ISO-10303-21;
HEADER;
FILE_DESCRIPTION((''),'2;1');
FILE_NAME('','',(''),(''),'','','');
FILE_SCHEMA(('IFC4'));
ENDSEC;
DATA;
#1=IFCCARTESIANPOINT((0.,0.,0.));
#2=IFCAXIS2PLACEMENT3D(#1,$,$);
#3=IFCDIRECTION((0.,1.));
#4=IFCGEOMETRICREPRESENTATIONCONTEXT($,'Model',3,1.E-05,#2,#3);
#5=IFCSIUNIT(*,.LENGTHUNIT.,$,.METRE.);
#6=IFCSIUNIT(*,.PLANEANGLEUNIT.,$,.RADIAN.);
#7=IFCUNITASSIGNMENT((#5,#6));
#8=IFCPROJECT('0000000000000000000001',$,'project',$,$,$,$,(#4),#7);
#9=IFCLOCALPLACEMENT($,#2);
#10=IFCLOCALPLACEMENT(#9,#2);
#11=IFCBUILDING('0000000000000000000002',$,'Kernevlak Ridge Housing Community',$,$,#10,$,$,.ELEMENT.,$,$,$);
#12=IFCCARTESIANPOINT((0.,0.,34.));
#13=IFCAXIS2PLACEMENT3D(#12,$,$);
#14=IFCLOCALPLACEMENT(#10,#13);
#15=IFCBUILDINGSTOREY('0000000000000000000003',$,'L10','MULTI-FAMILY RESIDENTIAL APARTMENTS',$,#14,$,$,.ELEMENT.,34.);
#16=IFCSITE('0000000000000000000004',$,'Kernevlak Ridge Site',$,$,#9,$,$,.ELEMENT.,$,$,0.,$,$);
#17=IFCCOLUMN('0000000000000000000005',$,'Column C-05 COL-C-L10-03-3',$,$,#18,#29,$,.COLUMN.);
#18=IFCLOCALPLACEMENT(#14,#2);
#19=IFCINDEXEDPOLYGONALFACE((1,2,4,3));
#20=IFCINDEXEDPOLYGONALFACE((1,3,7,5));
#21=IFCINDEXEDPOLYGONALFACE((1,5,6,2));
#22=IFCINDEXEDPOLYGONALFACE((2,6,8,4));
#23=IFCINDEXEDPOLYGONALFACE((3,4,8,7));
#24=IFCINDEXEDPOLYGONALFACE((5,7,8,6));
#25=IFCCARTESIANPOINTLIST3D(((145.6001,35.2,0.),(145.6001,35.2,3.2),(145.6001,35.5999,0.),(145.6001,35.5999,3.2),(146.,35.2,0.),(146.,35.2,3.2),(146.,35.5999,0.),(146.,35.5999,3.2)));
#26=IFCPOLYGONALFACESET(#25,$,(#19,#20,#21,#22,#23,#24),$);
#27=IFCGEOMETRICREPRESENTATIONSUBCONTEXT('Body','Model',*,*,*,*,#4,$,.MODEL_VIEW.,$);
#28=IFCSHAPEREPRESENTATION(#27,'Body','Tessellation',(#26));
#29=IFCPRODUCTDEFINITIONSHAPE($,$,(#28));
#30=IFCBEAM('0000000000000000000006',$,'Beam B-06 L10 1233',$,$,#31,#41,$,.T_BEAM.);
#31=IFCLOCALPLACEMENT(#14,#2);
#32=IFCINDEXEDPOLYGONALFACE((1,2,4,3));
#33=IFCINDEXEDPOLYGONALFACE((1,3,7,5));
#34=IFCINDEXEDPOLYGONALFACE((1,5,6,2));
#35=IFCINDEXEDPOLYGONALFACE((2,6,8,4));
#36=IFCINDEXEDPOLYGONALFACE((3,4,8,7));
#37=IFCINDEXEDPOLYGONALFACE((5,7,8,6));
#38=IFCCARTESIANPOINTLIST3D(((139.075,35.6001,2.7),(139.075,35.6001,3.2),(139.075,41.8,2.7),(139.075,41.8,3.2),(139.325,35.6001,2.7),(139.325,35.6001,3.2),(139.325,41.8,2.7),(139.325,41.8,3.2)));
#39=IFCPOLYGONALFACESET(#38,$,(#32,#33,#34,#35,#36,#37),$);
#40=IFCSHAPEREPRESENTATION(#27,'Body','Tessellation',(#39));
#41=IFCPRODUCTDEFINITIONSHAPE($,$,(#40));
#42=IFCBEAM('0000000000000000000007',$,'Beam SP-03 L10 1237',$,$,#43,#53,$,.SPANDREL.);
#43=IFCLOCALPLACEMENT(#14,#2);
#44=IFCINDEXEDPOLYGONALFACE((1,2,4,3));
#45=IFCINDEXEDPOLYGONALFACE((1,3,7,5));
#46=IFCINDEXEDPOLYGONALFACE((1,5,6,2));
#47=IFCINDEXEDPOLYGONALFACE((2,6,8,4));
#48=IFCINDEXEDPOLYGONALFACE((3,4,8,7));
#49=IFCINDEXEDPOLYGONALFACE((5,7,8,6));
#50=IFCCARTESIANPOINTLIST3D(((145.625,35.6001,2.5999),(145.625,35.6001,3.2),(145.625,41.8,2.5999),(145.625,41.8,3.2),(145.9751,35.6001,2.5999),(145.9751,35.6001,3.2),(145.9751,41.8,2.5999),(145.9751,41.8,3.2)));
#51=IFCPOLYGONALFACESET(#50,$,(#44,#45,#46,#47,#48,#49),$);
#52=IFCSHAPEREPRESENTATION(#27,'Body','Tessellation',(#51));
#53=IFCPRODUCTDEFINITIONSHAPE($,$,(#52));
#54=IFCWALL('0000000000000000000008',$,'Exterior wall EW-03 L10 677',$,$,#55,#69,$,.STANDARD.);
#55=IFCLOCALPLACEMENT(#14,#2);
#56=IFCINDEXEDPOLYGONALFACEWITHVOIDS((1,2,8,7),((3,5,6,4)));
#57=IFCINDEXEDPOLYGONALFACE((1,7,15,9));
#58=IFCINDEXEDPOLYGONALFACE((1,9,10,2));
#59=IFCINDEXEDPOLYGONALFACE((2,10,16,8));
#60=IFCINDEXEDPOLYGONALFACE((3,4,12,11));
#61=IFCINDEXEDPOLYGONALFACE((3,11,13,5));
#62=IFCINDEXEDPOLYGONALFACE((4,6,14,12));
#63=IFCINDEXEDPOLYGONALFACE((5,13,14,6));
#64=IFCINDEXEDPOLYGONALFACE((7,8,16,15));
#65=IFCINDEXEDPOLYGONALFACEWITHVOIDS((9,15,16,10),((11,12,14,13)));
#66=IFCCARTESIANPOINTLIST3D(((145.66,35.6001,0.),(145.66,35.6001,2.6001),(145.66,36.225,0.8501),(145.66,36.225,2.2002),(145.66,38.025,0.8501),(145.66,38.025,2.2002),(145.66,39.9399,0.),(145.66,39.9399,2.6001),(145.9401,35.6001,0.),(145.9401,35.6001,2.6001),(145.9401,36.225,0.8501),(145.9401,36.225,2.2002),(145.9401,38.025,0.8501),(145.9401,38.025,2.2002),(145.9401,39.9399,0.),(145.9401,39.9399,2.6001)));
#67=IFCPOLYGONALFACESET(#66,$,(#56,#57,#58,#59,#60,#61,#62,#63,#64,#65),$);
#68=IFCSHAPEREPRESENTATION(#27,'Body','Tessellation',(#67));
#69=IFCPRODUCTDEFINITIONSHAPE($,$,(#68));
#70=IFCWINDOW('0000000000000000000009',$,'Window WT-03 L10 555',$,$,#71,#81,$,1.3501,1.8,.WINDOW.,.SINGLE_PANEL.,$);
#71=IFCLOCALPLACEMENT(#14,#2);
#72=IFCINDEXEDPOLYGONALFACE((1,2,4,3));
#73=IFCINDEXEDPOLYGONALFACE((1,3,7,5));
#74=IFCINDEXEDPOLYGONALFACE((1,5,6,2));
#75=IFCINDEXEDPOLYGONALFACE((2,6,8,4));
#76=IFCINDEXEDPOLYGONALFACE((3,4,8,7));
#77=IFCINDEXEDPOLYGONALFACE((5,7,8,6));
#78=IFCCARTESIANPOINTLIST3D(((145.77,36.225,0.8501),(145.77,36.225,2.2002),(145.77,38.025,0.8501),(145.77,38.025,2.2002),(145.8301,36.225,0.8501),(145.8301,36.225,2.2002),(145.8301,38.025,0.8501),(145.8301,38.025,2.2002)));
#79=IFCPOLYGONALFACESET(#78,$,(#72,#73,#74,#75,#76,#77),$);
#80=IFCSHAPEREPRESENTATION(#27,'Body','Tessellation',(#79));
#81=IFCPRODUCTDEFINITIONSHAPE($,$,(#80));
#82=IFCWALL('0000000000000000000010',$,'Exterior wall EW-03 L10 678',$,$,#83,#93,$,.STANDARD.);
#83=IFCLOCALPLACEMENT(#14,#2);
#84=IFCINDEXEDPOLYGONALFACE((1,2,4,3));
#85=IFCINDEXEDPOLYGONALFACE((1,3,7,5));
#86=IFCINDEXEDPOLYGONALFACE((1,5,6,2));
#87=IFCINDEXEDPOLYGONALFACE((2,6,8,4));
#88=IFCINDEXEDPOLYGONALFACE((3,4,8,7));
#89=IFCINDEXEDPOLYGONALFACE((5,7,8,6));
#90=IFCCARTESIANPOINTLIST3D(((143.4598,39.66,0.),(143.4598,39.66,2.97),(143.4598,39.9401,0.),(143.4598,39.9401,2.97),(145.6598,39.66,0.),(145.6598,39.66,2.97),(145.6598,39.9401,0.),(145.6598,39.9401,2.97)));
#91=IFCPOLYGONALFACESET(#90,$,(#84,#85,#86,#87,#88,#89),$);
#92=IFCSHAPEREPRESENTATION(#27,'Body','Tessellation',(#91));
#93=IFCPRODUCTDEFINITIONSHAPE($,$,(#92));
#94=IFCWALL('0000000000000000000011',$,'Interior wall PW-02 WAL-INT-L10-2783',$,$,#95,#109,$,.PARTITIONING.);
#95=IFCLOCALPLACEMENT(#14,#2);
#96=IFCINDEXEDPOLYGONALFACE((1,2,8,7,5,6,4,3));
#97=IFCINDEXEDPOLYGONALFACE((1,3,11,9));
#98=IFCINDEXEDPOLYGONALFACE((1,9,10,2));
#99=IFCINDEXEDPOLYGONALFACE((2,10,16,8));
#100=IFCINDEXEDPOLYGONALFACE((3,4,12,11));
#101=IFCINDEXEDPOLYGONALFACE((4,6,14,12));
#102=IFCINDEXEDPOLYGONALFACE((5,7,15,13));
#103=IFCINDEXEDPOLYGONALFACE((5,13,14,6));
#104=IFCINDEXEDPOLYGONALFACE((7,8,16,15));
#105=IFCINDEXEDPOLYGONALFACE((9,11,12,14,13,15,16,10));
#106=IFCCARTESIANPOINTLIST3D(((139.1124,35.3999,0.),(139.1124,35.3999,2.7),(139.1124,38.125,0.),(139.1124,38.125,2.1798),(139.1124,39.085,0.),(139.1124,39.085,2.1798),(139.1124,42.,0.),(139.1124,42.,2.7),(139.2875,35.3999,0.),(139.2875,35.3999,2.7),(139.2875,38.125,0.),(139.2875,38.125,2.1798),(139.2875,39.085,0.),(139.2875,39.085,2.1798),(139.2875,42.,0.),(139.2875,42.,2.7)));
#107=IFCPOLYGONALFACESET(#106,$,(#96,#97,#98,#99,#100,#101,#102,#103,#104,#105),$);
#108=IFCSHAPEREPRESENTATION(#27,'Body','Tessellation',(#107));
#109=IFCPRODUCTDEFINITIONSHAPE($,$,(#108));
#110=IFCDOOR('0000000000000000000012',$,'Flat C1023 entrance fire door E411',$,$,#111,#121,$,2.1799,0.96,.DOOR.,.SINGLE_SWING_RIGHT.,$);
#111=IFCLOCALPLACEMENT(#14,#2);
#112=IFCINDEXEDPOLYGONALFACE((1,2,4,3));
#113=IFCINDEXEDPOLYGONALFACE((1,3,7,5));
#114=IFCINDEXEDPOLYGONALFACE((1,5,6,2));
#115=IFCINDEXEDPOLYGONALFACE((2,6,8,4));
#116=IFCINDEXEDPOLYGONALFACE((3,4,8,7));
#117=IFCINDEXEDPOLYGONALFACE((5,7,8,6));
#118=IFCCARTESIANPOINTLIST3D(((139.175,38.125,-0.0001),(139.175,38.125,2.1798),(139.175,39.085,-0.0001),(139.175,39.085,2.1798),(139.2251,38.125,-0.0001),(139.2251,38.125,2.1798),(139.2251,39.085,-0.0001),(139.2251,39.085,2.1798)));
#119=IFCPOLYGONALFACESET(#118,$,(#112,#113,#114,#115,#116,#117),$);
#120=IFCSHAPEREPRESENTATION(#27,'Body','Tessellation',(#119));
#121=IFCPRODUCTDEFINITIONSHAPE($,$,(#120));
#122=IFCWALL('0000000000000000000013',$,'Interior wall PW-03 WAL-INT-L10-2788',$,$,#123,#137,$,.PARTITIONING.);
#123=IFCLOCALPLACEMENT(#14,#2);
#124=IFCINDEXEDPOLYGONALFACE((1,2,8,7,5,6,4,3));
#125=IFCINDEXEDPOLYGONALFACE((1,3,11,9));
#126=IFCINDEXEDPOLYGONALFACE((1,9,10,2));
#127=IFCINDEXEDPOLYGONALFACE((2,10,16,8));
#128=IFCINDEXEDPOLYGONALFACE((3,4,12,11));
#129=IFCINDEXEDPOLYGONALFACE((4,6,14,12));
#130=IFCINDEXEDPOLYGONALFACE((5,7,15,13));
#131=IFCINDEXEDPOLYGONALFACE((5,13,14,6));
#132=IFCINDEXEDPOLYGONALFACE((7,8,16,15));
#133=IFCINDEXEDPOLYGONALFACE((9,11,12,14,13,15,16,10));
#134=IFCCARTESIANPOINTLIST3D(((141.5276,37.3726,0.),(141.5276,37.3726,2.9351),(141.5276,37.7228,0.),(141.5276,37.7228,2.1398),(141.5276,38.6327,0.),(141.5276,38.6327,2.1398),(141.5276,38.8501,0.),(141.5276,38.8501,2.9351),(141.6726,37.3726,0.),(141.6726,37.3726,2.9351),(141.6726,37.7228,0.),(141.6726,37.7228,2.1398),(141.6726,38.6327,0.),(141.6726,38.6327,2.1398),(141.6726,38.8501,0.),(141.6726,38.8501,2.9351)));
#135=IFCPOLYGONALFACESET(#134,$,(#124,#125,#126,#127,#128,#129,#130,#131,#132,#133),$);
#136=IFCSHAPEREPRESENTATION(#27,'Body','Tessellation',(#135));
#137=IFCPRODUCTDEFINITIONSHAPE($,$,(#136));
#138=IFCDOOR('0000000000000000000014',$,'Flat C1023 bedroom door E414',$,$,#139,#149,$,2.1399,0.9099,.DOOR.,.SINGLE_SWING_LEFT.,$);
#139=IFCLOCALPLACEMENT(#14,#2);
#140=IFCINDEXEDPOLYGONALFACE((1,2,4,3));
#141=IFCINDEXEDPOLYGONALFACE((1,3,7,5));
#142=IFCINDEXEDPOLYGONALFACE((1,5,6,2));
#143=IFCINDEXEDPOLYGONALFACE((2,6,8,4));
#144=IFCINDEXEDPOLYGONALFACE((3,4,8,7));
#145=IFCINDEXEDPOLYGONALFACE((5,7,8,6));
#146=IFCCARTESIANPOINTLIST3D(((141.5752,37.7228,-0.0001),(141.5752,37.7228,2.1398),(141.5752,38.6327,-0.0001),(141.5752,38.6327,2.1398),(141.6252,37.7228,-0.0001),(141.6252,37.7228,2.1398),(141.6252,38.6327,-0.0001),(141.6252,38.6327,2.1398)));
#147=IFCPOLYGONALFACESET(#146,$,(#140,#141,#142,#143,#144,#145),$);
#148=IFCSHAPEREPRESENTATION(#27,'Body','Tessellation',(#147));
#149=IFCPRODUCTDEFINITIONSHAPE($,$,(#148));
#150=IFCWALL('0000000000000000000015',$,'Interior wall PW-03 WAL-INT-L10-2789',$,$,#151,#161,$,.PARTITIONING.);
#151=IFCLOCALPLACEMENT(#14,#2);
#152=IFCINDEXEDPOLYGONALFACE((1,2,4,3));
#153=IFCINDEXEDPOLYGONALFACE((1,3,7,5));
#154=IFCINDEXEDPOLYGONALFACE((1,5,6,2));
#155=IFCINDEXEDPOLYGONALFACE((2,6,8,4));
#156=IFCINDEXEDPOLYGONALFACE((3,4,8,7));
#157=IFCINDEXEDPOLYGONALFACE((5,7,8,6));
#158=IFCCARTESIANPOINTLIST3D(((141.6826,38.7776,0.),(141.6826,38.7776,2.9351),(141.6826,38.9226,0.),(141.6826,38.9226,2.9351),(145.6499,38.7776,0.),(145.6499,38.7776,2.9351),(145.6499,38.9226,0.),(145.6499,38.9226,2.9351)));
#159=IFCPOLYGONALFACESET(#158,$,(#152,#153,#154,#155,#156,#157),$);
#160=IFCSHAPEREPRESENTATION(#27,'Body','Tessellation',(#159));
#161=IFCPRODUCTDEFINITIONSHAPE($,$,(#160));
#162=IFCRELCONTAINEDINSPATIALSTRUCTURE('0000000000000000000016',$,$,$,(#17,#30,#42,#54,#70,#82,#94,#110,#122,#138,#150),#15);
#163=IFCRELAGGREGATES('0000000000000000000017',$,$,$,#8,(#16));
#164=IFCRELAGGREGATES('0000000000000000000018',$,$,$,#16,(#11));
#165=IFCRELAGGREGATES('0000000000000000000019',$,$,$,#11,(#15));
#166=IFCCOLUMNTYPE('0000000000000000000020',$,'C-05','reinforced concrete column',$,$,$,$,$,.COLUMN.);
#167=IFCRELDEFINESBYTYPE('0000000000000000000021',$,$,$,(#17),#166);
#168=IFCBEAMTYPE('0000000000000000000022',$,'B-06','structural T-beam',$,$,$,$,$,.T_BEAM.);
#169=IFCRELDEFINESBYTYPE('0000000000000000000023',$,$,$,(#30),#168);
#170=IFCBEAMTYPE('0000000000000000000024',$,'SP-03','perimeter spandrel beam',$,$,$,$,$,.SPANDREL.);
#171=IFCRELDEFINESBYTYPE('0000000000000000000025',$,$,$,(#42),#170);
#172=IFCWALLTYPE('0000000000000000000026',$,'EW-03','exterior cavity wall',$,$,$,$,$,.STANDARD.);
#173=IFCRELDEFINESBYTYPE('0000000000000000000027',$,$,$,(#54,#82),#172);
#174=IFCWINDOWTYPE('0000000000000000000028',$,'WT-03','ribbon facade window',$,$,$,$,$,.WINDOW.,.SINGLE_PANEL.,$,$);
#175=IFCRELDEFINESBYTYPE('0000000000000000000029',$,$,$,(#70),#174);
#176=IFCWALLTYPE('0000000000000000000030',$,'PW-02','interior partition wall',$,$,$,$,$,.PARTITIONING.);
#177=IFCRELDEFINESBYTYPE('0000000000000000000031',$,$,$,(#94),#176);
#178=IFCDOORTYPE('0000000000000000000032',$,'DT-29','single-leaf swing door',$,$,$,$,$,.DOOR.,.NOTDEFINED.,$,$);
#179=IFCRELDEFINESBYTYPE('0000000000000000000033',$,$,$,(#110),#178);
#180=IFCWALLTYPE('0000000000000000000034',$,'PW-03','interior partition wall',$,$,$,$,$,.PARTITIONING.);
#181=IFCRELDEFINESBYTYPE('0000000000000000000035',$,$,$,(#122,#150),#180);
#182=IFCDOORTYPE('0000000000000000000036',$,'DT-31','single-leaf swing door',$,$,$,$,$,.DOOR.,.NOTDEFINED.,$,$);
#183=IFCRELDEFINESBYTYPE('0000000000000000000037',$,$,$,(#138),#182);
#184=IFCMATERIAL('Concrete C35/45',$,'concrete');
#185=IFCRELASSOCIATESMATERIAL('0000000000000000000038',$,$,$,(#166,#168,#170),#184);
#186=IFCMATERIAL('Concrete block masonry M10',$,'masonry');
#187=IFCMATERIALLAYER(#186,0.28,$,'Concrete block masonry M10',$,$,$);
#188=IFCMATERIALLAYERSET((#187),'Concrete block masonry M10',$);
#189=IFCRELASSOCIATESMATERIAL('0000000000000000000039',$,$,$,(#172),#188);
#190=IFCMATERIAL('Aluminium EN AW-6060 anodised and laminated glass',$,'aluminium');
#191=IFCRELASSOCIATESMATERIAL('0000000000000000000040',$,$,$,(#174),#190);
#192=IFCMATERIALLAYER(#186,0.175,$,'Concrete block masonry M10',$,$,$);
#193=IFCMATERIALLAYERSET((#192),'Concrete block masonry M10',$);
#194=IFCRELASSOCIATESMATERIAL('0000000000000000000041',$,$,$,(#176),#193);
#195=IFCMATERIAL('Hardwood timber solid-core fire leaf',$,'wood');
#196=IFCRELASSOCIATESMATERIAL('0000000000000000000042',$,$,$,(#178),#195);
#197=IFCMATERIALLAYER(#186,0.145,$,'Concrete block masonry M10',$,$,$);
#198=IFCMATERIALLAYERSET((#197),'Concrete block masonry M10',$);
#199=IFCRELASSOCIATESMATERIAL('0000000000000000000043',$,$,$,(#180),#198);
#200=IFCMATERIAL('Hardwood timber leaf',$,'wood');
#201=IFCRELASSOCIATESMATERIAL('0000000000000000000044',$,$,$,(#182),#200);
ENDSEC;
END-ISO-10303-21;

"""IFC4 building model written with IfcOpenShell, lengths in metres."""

from ifc_helpers import new_model, si_unit, direction, frame, frame_2d, origin, origin_2d, place, context, subcontext, project, spatial, rectangle, extrude, material, layer, layer_set, material_profile, profile_set, type_object, element, fill, save


model = new_model("IFC4")

# Units and contexts
model_context = context("Model", 3, precision=1e-05, world=origin(), true_north=direction((0.0, 1.0)))
body_context = subcontext(model_context, "Body", "Model", "MODEL_VIEW")
ifc_project = project(units=[si_unit("LENGTHUNIT", "METRE"), si_unit("PLANEANGLEUNIT", "RADIAN")], contexts=[model_context])

# Site, building, storey
site_placement = place(None, origin())
site = spatial("IfcSite", under=ifc_project, at=site_placement, Name="Kernevlak Ridge Site", CompositionType="ELEMENT", RefElevation=0.0)
building_placement = place(site_placement, origin())
building = spatial("IfcBuilding", under=site, at=building_placement, Name="Kernevlak Ridge Housing Community", CompositionType="ELEMENT")
storey_placement = place(building_placement, frame((0.0, 0.0, 34.0)))
storey = spatial("IfcBuildingStorey", under=building, at=storey_placement, Name="L10", Description="MULTI-FAMILY RESIDENTIAL APARTMENTS", CompositionType="ELEMENT", Elevation=34.0)

# Column
ifc_material_1 = material(Name="Concrete C35/45", Category="concrete")
ifc_material_profile_1 = material_profile(ifc_material_1, rectangle(XDim=0.3999, YDim=0.3999, at=origin_2d()), Name="RC 400x400")
ifc_profile_set_1 = profile_set([ifc_material_profile_1], Name="Concrete C35/45")
column_type = type_object("IfcColumnType", Name="C-05", Description="reinforced concrete column", PredefinedType="COLUMN", material=ifc_profile_set_1)
column_placement = place(storey_placement, frame((145.8, 35.3999, 0.0), z_axis=(0.0, 0.0, 1.0), x_axis=(1.0, 0.0, 0.0)))
element("IfcColumn", 1, at=column_placement, inside=storey, type_object=column_type, Name="Column C-05 COL-C-L10-03-3", PredefinedType="COLUMN", context=body_context, shape_type="SweptSolid", body=[
    extrude(rectangle(XDim=0.3999, YDim=0.3999, at=origin_2d()), origin(), (0.0, 0.0, 1.0), 3.2),
])

# Beams
ifc_material_profile_2 = material_profile(ifc_material_1, rectangle(XDim=0.25, YDim=0.5, at=origin_2d()), Name="RC 250x500")
ifc_profile_set_2 = profile_set([ifc_material_profile_2], Name="Concrete C35/45")
beam_type_1 = type_object("IfcBeamType", Name="B-06", Description="structural T-beam", PredefinedType="T_BEAM", material=ifc_profile_set_2)
beam_1_placement = place(storey_placement, frame((139.2, 35.6001, 2.95), z_axis=(0.0, 1.0, 0.0), x_axis=(-1.0, 0.0, 0.0)))
element("IfcBeam", 2, at=beam_1_placement, inside=storey, type_object=beam_type_1, Name="Beam B-06 L10 1233", PredefinedType="T_BEAM", context=body_context, shape_type="SweptSolid", body=[
    extrude(rectangle(XDim=0.25, YDim=0.5, at=origin_2d()), origin(), (0.0, 0.0, 1.0), 6.2),
])
ifc_material_profile_3 = material_profile(ifc_material_1, rectangle(XDim=0.3501, YDim=0.6001, at=origin_2d()), Name="RC 350x600")
ifc_profile_set_3 = profile_set([ifc_material_profile_3], Name="Concrete C35/45")
beam_type_2 = type_object("IfcBeamType", Name="SP-03", Description="perimeter spandrel beam", PredefinedType="SPANDREL", material=ifc_profile_set_3)
beam_2_placement = place(storey_placement, frame((145.8, 35.6001, 2.8999), z_axis=(0.0, 1.0, 0.0), x_axis=(-1.0, 0.0, 0.0)))
element("IfcBeam", 3, at=beam_2_placement, inside=storey, type_object=beam_type_2, Name="Beam SP-03 L10 1237", PredefinedType="SPANDREL", context=body_context, shape_type="SweptSolid", body=[
    extrude(rectangle(XDim=0.3501, YDim=0.6001, at=origin_2d()), origin(), (0.0, 0.0, 1.0), 6.2),
])

# Wall, opening, window
ifc_material_2 = material(Name="Concrete block masonry M10", Category="masonry")
ifc_layer_1 = layer(ifc_material_2, 0.28, Name="Concrete block masonry M10")
ifc_layer_set_1 = layer_set([ifc_layer_1], Name="Concrete block masonry M10")
wall_type_1 = type_object("IfcWallType", Name="EW-03", Description="exterior cavity wall", PredefinedType="STANDARD", material=ifc_layer_set_1)
wall_1_placement = place(storey_placement, frame((145.8, 35.6001, 0.0), z_axis=(0.0, 0.0, 1.0), x_axis=(0.0, 1.0, 0.0)))
wall_1 = element("IfcWall", 4, at=wall_1_placement, inside=storey, type_object=wall_type_1, Name="Exterior wall EW-03 L10 677", PredefinedType="STANDARD", context=body_context, shape_type="SweptSolid", body=[
    extrude(rectangle(XDim=4.3398, YDim=0.28, at=frame_2d((2.1699, 0.0))), origin(), (0.0, 0.0, 1.0), 2.6001),
])
opening_1_placement = place(wall_1_placement, frame((0.625, 0.0, 0.8501)))
opening_1 = element("IfcOpeningElement", 5, at=opening_1_placement, cuts=wall_1, PredefinedType="OPENING", context=body_context, shape_type="SweptSolid", body=[
    extrude(rectangle(XDim=1.8, YDim=1.3501, at=frame_2d((0.8999, 0.675))), frame((0.0, 0.1499, 0.0), z_axis=(0.0, -1.0, 0.0), x_axis=(1.0, 0.0, 0.0)), (0.0, 0.0, 1.0), 0.3),
])
ifc_material_3 = material(Name="Aluminium EN AW-6060 anodised and laminated glass", Category="aluminium")
window_type = type_object("IfcWindowType", Name="WT-03", Description="ribbon facade window", PartitioningType="SINGLE_PANEL", PredefinedType="WINDOW", material=ifc_material_3)
window_placement = place(opening_1_placement, origin())
window = element("IfcWindow", 6, at=window_placement, inside=storey, type_object=window_type, Name="Window WT-03 L10 555", OverallHeight=1.3501, OverallWidth=1.8, PartitioningType="SINGLE_PANEL", PredefinedType="WINDOW", context=body_context, shape_type="SweptSolid", body=[
    extrude(rectangle(XDim=1.8, YDim=1.3501, at=frame_2d((0.8999, 0.675))), frame((0.0, 0.03, 0.0), z_axis=(0.0, -1.0, 0.0), x_axis=(1.0, 0.0, 0.0)), (0.0, 0.0, 1.0), 0.0601),
])
fill(opening_1, window)

# Wall
wall_2_placement = place(storey_placement, frame((145.6599, 39.8, 0.0), z_axis=(0.0, 0.0, 1.0), x_axis=(-1.0, 0.0, 0.0)))
element("IfcWall", 7, at=wall_2_placement, inside=storey, type_object=wall_type_1, Name="Exterior wall EW-03 L10 678", PredefinedType="STANDARD", context=body_context, shape_type="SweptSolid", body=[
    extrude(rectangle(XDim=2.2, YDim=0.28, at=frame_2d((1.1001, 0.0))), origin(), (0.0, 0.0, 1.0), 2.97),
])

# Walls, openings, doors
ifc_layer_2 = layer(ifc_material_2, 0.175, Name="Concrete block masonry M10")
ifc_layer_set_2 = layer_set([ifc_layer_2], Name="Concrete block masonry M10")
wall_type_2 = type_object("IfcWallType", Name="PW-02", Description="interior partition wall", PredefinedType="PARTITIONING", material=ifc_layer_set_2)
wall_3_placement = place(storey_placement, frame((139.2, 35.3999, 0.0), z_axis=(0.0, 0.0, 1.0), x_axis=(0.0, 1.0, 0.0)))
wall_3 = element("IfcWall", 8, at=wall_3_placement, inside=storey, type_object=wall_type_2, Name="Interior wall PW-02 WAL-INT-L10-2783", PredefinedType="PARTITIONING", context=body_context, shape_type="SweptSolid", body=[
    extrude(rectangle(XDim=6.6001, YDim=0.175, at=frame_2d((3.3, 0.0))), origin(), (0.0, 0.0, 1.0), 2.7),
])
opening_2_placement = place(wall_3_placement, frame((2.7251, 0.0, 0.0)))
opening_2 = element("IfcOpeningElement", 9, at=opening_2_placement, cuts=wall_3, PredefinedType="OPENING", context=body_context, shape_type="SweptSolid", body=[
    extrude(rectangle(XDim=0.96, YDim=2.1799, at=frame_2d((0.48, 1.0898))), frame((0.0, 0.0974, 0.0), z_axis=(0.0, -1.0, 0.0), x_axis=(1.0, 0.0, 0.0)), (0.0, 0.0, 1.0), 0.1951),
])
ifc_material_4 = material(Name="Hardwood timber solid-core fire leaf", Category="wood")
door_type_1 = type_object("IfcDoorType", Name="DT-29", Description="single-leaf swing door", OperationType="NOTDEFINED", PredefinedType="DOOR", material=ifc_material_4)
door_1_placement = place(opening_2_placement, origin())
door_1 = element("IfcDoor", 10, at=door_1_placement, inside=storey, type_object=door_type_1, Name="Flat C1023 entrance fire door E411", OperationType="SINGLE_SWING_RIGHT", OverallHeight=2.1799, OverallWidth=0.96, PredefinedType="DOOR", context=body_context, shape_type="SweptSolid", body=[
    extrude(rectangle(XDim=0.96, YDim=2.1799, at=frame_2d((0.48, 1.0898))), frame((0.0, 0.0249, 0.0), z_axis=(0.0, -1.0, 0.0), x_axis=(1.0, 0.0, 0.0)), (0.0, 0.0, 1.0), 0.05),
])
fill(opening_2, door_1)
ifc_layer_3 = layer(ifc_material_2, 0.145, Name="Concrete block masonry M10")
ifc_layer_set_3 = layer_set([ifc_layer_3], Name="Concrete block masonry M10")
wall_type_3 = type_object("IfcWallType", Name="PW-03", Description="interior partition wall", PredefinedType="PARTITIONING", material=ifc_layer_set_3)
wall_4_placement = place(storey_placement, frame((141.6001, 37.3726, 0.0), z_axis=(0.0, 0.0, 1.0), x_axis=(0.0, 1.0, 0.0)))
wall_4 = element("IfcWall", 11, at=wall_4_placement, inside=storey, type_object=wall_type_3, Name="Interior wall PW-03 WAL-INT-L10-2788", PredefinedType="PARTITIONING", context=body_context, shape_type="SweptSolid", body=[
    extrude(rectangle(XDim=1.4775, YDim=0.145, at=frame_2d((0.7388, 0.0))), origin(), (0.0, 0.0, 1.0), 2.9351),
])
opening_3_placement = place(wall_4_placement, frame((0.3501, 0.0, 0.0)))
opening_3 = element("IfcOpeningElement", 12, at=opening_3_placement, cuts=wall_4, PredefinedType="OPENING", context=body_context, shape_type="SweptSolid", body=[
    extrude(rectangle(XDim=0.9099, YDim=2.1399, at=frame_2d((0.4551, 1.0698))), frame((0.0, 0.0825, 0.0), z_axis=(0.0, -1.0, 0.0), x_axis=(1.0, 0.0, 0.0)), (0.0, 0.0, 1.0), 0.165),
])
ifc_material_5 = material(Name="Hardwood timber leaf", Category="wood")
door_type_2 = type_object("IfcDoorType", Name="DT-31", Description="single-leaf swing door", OperationType="NOTDEFINED", PredefinedType="DOOR", material=ifc_material_5)
door_2_placement = place(opening_3_placement, origin())
door_2 = element("IfcDoor", 13, at=door_2_placement, inside=storey, type_object=door_type_2, Name="Flat C1023 bedroom door E414", OperationType="SINGLE_SWING_LEFT", OverallHeight=2.1399, OverallWidth=0.9099, PredefinedType="DOOR", context=body_context, shape_type="SweptSolid", body=[
    extrude(rectangle(XDim=0.9099, YDim=2.1399, at=frame_2d((0.4551, 1.0698))), frame((0.0, 0.0249, 0.0), z_axis=(0.0, -1.0, 0.0), x_axis=(1.0, 0.0, 0.0)), (0.0, 0.0, 1.0), 0.05),
])
fill(opening_3, door_2)

# Wall
wall_5_placement = place(storey_placement, frame((141.6826, 38.8501, 0.0), z_axis=(0.0, 0.0, 1.0), x_axis=(1.0, 0.0, 0.0)))
element("IfcWall", 14, at=wall_5_placement, inside=storey, type_object=wall_type_3, Name="Interior wall PW-03 WAL-INT-L10-2789", PredefinedType="PARTITIONING", context=body_context, shape_type="SweptSolid", body=[
    extrude(rectangle(XDim=3.9673, YDim=0.145, at=frame_2d((1.9836, 0.0))), origin(), (0.0, 0.0, 1.0), 2.9351),
])

save(model, "model.ifc")
